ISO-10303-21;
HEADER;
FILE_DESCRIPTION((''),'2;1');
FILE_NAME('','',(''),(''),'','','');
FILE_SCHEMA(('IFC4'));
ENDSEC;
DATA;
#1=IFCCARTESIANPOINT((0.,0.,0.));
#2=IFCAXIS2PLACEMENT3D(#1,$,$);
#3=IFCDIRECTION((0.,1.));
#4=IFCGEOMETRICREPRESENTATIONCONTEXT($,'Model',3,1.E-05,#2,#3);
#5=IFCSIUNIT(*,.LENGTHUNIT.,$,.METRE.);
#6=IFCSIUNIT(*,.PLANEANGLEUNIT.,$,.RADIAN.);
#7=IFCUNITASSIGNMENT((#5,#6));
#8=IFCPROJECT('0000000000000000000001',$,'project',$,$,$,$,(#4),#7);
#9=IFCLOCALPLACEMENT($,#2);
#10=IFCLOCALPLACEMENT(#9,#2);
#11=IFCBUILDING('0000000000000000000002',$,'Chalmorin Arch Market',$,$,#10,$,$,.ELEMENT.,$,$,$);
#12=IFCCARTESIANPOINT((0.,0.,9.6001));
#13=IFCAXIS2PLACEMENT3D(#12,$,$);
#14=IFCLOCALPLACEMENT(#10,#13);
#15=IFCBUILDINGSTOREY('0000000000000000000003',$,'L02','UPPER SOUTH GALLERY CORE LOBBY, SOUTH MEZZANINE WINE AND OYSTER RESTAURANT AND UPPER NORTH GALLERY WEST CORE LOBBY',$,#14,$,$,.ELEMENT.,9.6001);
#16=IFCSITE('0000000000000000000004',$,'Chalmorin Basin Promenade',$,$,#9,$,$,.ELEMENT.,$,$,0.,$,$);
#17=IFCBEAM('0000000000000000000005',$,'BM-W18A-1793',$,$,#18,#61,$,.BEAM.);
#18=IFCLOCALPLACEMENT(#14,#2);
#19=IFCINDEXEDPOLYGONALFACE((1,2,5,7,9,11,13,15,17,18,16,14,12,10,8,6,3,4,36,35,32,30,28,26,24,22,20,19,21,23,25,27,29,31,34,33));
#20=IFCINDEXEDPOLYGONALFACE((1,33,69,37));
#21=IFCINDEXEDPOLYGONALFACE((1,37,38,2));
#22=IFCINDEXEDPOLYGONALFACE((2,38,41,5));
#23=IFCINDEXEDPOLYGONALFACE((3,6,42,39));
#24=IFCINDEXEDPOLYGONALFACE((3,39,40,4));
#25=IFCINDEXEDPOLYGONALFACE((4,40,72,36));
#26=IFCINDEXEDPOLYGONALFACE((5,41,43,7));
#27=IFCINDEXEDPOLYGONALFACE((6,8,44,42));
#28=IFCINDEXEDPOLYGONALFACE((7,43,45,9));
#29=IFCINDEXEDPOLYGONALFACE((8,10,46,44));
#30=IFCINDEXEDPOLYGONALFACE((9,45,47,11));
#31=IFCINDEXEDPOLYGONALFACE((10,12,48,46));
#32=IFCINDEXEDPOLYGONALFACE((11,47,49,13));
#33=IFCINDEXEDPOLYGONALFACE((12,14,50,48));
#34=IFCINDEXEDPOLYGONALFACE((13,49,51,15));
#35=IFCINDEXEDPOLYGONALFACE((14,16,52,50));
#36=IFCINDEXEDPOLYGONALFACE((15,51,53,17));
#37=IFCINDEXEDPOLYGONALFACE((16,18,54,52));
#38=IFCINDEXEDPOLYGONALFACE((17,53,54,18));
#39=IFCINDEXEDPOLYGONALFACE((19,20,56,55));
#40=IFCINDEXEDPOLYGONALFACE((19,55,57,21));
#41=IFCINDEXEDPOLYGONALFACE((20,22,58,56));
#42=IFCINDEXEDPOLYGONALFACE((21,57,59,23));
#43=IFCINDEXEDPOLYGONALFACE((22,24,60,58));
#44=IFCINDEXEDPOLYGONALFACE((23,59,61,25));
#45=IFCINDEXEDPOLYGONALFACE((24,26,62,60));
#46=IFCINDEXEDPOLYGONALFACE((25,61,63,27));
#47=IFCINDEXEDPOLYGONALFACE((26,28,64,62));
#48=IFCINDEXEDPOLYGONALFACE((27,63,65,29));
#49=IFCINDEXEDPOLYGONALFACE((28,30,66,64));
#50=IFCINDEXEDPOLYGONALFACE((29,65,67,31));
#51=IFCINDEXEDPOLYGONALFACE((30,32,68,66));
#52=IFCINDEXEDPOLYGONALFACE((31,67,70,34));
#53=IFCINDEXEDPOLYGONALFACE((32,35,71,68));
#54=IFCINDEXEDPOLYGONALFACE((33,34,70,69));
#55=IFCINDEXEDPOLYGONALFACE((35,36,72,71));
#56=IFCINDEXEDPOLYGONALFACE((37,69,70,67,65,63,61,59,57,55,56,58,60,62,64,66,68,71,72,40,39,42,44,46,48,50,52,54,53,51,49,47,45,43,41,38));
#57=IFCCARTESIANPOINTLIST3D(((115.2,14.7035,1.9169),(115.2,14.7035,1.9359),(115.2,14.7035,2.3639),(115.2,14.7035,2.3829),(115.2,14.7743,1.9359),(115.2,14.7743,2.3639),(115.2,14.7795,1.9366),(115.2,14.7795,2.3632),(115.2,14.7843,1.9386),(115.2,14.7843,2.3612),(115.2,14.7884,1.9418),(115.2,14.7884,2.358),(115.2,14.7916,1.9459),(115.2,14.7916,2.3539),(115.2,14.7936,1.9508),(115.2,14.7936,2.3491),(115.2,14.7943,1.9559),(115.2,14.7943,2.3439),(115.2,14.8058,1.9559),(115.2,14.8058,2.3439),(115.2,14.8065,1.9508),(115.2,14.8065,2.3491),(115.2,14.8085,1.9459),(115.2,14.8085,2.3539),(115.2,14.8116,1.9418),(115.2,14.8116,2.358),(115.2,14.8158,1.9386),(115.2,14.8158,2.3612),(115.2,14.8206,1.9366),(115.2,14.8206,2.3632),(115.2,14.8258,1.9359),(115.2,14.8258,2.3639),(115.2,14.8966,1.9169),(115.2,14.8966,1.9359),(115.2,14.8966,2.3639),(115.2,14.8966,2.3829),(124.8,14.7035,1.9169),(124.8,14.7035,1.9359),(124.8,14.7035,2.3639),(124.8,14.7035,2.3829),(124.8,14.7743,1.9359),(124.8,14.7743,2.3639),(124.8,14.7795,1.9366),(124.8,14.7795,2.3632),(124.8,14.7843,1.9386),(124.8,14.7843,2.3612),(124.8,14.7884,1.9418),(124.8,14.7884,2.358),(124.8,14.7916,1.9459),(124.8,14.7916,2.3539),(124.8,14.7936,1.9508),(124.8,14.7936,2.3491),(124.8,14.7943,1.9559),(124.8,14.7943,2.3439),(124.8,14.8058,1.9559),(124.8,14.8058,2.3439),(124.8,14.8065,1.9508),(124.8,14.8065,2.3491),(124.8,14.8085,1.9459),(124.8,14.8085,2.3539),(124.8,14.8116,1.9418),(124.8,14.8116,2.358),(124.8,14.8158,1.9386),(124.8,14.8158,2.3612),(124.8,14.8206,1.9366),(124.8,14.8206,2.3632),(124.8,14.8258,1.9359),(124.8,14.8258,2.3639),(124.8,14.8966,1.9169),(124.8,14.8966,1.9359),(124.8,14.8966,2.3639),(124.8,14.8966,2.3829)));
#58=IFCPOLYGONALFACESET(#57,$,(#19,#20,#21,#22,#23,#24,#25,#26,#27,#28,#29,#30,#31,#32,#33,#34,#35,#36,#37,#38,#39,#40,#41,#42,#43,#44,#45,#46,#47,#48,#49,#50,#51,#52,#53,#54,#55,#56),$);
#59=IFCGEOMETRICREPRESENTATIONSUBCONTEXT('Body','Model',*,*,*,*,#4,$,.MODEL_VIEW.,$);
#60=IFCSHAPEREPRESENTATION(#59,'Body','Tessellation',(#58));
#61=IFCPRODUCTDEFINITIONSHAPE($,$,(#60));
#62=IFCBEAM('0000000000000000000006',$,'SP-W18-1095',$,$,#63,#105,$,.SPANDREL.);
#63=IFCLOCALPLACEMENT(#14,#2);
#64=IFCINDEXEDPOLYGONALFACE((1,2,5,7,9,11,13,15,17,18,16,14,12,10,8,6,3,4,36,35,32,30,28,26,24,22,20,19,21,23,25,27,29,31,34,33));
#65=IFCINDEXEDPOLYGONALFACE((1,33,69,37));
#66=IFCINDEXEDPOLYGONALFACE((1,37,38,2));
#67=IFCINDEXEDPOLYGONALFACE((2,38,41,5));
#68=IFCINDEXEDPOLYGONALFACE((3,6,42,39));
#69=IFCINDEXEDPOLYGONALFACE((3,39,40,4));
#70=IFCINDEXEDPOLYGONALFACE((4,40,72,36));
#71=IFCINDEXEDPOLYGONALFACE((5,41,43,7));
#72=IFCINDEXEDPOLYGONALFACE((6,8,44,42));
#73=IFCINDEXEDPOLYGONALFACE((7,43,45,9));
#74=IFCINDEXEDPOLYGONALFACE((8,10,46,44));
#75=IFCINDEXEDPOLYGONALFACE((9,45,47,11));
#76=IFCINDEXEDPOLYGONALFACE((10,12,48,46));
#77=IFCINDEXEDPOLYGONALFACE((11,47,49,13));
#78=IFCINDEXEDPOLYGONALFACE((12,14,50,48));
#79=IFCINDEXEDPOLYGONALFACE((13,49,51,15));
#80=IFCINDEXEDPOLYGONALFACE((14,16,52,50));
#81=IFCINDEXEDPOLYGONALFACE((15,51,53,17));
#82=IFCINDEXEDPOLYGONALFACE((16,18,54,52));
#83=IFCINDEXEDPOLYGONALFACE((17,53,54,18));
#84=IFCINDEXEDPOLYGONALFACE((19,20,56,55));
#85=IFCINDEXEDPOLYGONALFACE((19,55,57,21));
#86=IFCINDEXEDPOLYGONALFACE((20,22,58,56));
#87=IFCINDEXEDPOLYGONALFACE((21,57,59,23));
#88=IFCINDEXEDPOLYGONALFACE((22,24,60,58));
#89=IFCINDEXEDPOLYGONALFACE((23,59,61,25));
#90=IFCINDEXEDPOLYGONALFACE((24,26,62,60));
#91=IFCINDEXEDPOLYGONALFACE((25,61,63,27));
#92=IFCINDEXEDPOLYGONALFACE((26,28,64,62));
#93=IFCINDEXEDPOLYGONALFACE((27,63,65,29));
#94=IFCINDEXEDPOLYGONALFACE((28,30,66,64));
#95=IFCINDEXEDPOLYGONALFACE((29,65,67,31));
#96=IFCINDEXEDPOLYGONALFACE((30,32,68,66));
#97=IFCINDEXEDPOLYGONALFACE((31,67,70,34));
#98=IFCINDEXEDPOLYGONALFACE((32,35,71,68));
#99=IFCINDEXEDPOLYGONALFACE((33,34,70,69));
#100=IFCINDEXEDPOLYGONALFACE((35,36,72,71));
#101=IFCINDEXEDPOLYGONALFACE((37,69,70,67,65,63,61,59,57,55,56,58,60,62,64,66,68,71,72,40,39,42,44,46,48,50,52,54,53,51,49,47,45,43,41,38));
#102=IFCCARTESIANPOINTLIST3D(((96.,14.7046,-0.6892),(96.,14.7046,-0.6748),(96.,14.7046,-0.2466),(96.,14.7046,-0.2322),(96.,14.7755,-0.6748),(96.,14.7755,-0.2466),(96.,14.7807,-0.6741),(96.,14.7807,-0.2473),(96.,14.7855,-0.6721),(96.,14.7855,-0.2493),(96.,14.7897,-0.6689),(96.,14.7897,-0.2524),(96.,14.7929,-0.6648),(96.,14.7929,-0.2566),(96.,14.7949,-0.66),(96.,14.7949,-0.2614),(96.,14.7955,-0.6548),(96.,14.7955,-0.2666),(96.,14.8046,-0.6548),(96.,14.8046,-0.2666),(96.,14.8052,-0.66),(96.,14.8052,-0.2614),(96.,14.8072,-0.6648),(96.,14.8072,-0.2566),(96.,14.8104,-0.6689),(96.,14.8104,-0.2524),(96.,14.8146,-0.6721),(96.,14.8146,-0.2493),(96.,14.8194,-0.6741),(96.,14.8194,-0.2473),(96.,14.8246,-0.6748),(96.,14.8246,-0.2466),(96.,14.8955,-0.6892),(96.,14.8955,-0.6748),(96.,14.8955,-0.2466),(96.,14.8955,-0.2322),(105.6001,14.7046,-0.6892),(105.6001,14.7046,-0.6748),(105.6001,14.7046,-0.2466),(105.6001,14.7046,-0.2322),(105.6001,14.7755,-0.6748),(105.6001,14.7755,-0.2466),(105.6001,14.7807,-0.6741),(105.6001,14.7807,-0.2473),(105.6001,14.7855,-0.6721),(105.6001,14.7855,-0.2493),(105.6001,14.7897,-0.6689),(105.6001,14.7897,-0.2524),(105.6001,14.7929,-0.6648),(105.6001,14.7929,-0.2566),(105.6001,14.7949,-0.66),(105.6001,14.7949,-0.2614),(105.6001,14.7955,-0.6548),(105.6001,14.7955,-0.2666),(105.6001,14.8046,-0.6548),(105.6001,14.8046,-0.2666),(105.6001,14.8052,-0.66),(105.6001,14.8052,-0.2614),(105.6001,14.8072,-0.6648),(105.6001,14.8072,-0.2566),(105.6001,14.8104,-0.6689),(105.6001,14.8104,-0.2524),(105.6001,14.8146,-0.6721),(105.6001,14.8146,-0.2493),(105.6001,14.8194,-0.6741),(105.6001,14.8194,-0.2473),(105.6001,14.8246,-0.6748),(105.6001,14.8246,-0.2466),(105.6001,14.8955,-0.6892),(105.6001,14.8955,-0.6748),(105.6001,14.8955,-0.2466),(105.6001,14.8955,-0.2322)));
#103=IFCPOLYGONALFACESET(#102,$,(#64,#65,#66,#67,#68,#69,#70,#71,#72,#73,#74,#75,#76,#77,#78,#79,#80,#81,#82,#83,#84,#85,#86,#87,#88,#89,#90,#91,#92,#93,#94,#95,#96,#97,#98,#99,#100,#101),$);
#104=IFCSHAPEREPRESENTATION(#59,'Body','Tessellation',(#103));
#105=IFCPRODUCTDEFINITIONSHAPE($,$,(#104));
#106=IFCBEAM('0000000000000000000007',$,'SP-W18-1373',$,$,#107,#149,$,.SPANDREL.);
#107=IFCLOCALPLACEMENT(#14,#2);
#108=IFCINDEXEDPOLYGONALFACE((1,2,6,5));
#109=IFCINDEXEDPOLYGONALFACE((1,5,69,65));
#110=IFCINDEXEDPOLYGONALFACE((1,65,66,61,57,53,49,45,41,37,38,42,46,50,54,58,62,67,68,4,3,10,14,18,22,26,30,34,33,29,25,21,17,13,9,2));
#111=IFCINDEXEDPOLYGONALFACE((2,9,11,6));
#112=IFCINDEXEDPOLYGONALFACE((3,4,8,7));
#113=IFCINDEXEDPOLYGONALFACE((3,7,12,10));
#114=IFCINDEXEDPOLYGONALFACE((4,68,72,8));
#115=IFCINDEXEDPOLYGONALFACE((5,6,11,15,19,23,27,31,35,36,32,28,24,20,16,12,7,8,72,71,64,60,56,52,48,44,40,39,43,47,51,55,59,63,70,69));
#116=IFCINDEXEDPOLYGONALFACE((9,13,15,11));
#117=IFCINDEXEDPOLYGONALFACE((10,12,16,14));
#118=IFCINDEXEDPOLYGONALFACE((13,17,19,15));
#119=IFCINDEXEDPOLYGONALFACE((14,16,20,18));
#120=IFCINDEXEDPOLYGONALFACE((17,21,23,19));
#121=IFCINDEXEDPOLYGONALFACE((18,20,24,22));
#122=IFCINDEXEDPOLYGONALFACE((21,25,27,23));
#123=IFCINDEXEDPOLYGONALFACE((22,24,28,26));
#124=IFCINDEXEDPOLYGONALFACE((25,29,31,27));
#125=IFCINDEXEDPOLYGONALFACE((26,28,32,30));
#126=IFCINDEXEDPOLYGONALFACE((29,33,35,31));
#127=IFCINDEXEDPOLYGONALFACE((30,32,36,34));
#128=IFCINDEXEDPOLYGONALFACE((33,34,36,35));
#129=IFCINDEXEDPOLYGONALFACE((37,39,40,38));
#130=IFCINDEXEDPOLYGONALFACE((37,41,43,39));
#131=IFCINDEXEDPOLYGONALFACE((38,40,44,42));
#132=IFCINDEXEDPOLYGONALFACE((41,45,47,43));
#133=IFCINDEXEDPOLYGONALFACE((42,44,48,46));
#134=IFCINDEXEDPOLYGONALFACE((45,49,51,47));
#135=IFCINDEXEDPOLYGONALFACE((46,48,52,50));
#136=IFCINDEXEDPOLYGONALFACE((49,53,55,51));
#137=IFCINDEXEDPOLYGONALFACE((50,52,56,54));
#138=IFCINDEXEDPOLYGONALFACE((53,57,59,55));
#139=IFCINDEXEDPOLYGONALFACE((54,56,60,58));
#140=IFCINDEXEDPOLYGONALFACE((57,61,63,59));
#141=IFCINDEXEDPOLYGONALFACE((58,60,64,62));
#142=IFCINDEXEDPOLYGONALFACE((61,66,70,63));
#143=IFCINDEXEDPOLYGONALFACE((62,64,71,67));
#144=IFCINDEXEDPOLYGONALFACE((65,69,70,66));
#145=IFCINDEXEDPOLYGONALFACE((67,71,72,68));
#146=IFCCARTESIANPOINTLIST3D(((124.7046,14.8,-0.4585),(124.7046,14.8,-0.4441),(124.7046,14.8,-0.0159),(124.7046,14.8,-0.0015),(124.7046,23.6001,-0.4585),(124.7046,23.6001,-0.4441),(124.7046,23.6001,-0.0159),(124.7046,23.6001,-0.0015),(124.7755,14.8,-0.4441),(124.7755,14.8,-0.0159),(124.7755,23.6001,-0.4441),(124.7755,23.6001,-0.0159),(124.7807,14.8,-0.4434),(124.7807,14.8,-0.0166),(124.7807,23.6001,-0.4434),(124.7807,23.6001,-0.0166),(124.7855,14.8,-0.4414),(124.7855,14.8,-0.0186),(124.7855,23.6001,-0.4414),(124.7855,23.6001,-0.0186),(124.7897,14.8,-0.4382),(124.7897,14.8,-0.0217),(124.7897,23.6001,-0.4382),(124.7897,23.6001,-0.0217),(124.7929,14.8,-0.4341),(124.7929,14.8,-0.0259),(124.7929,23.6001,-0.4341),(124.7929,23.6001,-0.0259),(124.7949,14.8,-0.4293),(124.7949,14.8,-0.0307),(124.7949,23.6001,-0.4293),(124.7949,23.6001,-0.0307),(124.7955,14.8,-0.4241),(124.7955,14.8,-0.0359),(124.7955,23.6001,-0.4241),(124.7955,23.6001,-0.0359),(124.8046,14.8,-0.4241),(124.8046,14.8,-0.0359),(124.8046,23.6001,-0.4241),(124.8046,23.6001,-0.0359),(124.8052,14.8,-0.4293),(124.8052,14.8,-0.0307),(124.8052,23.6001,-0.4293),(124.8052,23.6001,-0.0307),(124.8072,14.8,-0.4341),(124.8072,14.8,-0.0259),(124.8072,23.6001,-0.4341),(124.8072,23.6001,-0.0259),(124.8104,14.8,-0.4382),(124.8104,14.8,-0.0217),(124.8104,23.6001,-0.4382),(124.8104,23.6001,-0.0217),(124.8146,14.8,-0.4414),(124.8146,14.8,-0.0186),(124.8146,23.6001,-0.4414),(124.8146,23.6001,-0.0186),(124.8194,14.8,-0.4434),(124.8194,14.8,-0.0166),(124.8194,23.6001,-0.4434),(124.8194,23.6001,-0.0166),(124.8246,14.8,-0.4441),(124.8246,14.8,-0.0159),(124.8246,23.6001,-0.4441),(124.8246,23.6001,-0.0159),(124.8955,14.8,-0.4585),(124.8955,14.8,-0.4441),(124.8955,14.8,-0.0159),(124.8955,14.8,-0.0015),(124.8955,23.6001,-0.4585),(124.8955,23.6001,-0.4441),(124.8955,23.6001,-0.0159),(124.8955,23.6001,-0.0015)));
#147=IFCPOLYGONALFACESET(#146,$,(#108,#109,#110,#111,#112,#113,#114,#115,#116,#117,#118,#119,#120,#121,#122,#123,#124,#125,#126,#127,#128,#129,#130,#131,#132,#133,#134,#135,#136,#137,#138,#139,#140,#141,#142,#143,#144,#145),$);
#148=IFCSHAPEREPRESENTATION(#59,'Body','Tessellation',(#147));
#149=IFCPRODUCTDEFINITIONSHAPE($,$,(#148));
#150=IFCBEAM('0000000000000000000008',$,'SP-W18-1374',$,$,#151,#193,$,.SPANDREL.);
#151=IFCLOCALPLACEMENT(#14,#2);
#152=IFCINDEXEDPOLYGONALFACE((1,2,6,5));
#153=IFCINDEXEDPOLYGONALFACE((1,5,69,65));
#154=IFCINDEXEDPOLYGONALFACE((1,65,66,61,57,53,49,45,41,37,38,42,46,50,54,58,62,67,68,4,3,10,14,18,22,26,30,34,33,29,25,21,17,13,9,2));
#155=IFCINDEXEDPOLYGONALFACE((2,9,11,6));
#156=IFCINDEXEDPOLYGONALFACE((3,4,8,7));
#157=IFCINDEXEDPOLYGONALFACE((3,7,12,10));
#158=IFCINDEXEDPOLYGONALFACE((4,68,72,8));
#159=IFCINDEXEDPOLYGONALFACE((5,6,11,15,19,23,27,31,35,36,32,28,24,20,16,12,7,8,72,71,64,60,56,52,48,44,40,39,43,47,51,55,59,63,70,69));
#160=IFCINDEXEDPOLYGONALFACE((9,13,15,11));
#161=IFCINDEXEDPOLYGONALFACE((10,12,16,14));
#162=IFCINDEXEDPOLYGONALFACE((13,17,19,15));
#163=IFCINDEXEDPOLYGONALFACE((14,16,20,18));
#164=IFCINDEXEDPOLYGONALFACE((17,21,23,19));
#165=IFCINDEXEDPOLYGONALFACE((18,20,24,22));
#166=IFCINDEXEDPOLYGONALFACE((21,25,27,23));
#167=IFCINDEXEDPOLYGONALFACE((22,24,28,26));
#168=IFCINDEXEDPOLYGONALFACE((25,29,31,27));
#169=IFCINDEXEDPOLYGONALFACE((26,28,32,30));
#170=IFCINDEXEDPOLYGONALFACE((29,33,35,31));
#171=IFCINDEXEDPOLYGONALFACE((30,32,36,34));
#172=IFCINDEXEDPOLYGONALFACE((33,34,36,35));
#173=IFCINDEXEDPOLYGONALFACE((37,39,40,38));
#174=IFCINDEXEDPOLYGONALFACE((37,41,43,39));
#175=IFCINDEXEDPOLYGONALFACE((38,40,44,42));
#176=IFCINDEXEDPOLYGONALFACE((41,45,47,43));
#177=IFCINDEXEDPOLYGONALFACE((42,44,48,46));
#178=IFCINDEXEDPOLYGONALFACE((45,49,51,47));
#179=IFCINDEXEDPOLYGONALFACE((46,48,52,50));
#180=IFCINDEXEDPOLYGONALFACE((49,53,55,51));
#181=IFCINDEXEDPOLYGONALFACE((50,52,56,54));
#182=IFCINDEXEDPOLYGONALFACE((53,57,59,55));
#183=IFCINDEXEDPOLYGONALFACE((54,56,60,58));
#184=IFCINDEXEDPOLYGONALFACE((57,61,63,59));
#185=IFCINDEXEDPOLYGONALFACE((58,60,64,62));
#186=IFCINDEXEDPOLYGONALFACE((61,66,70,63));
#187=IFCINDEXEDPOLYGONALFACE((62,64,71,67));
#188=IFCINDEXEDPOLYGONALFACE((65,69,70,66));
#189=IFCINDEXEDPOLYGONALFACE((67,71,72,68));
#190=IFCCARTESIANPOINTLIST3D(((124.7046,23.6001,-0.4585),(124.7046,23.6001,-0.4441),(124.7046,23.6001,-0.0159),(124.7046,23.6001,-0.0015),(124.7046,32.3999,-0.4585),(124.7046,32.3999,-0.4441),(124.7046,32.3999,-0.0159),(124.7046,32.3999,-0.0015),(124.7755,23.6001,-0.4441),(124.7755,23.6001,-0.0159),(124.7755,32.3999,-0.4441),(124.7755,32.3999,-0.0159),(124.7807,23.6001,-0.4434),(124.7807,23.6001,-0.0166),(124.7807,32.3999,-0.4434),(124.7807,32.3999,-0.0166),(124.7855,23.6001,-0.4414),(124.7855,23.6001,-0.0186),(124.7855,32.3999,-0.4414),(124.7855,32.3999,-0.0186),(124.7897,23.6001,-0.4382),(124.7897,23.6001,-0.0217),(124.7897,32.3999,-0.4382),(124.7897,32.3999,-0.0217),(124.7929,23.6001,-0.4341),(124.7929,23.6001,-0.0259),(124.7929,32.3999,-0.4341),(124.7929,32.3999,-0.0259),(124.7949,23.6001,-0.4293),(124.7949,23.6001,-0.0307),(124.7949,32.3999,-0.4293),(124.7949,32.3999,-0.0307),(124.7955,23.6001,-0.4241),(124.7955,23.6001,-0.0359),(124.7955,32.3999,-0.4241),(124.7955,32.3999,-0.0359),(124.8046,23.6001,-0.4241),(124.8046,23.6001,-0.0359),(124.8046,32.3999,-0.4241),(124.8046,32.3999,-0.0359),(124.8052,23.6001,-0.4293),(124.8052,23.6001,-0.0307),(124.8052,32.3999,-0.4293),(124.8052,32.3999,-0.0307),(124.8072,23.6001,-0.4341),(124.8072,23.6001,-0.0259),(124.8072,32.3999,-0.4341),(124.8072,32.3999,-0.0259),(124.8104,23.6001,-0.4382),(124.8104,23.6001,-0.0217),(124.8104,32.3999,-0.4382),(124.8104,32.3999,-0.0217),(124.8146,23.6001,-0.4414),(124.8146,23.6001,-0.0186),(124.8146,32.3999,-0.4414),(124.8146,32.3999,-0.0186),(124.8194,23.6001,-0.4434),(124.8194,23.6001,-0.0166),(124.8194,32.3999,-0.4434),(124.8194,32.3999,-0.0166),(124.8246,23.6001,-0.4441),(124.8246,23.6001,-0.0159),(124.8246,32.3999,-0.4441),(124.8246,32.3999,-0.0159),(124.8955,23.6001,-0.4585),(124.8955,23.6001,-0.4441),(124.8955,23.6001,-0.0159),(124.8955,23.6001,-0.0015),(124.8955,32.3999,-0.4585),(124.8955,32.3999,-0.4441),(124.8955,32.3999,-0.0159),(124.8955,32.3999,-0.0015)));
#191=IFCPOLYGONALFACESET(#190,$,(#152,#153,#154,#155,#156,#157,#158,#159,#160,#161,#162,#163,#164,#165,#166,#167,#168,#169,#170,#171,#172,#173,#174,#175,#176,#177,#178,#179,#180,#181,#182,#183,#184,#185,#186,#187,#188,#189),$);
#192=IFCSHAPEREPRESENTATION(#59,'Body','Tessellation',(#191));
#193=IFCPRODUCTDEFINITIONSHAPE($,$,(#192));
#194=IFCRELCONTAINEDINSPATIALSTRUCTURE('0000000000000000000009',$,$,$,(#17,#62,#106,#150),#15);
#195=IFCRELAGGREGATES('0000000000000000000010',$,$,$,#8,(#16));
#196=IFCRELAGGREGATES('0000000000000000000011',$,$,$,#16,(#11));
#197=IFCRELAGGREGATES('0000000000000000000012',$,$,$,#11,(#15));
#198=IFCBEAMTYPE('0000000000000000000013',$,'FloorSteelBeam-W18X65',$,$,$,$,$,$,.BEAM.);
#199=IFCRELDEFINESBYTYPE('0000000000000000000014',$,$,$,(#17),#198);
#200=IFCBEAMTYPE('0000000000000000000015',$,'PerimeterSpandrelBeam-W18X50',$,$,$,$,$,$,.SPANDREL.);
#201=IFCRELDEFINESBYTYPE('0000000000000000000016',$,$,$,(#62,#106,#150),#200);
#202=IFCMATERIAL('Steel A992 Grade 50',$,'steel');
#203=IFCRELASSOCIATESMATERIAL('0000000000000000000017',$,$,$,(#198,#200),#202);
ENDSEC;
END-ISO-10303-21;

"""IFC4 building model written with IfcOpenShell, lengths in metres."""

from ifc_helpers import new_model, si_unit, direction, frame, origin, origin_2d, place, context, subcontext, project, spatial, i_section, extrude, material, material_profile, profile_set, type_object, element, save


model = new_model("IFC4")

# Units and contexts
model_context = context("Model", 3, precision=1e-05, world=origin(), true_north=direction((0.0, 1.0)))
body_context = subcontext(model_context, "Body", "Model", "MODEL_VIEW")
ifc_project = project(units=[si_unit("LENGTHUNIT", "METRE"), si_unit("PLANEANGLEUNIT", "RADIAN")], contexts=[model_context])

# Site, building, storey
site_placement = place(None, origin())
site = spatial("IfcSite", under=ifc_project, at=site_placement, Name="Chalmorin Basin Promenade", CompositionType="ELEMENT", RefElevation=0.0)
building_placement = place(site_placement, origin())
building = spatial("IfcBuilding", under=site, at=building_placement, Name="Chalmorin Arch Market", CompositionType="ELEMENT")
storey_placement = place(building_placement, frame((0.0, 0.0, 9.6001)))
storey = spatial("IfcBuildingStorey", under=building, at=storey_placement, Name="L02", Description="UPPER SOUTH GALLERY CORE LOBBY, SOUTH MEZZANINE WINE AND OYSTER RESTAURANT AND UPPER NORTH GALLERY WEST CORE LOBBY", CompositionType="ELEMENT", Elevation=9.6001)

# Beams
ifc_material_1 = material(Name="Steel A992 Grade 50", Category="steel")
ifc_material_profile_1 = material_profile(ifc_material_1, i_section(OverallWidth=0.1931, OverallDepth=0.4661, WebThickness=0.0115, FlangeThickness=0.019, FilletRadius=0.02, at=origin_2d()), Name="W18X65")
ifc_profile_set_1 = profile_set([ifc_material_profile_1], Name="Steel A992 Grade 50")
beam_type_1 = type_object("IfcBeamType", Name="FloorSteelBeam-W18X65", PredefinedType="BEAM", material=ifc_profile_set_1)
beam_1_placement = place(storey_placement, frame((115.2, 14.8, 2.1499), z_axis=(1.0, 0.0, 0.0), x_axis=(0.0, 1.0, 0.0)))
element("IfcBeam", 1, at=beam_1_placement, inside=storey, type_object=beam_type_1, Name="BM-W18A-1793", PredefinedType="BEAM", context=body_context, shape_type="SweptSolid", body=[
    extrude(i_section(OverallWidth=0.1931, OverallDepth=0.4661, WebThickness=0.0115, FlangeThickness=0.019, FilletRadius=0.02, at=origin_2d()), origin(), (0.0, 0.0, 1.0), 9.6001),
])
ifc_material_profile_2 = material_profile(ifc_material_1, i_section(OverallWidth=0.1909, OverallDepth=0.457, WebThickness=0.009, FlangeThickness=0.0144, FilletRadius=0.02, at=origin_2d()), Name="W18X50")
ifc_profile_set_2 = profile_set([ifc_material_profile_2], Name="Steel A992 Grade 50")
beam_type_2 = type_object("IfcBeamType", Name="PerimeterSpandrelBeam-W18X50", PredefinedType="SPANDREL", material=ifc_profile_set_2)
beam_2_placement = place(storey_placement, frame((96.0, 14.8, -0.4607), z_axis=(1.0, 0.0, 0.0), x_axis=(0.0, 1.0, 0.0)))
element("IfcBeam", 2, at=beam_2_placement, inside=storey, type_object=beam_type_2, Name="SP-W18-1095", PredefinedType="SPANDREL", context=body_context, shape_type="SweptSolid", body=[
    extrude(i_section(OverallWidth=0.1909, OverallDepth=0.457, WebThickness=0.009, FlangeThickness=0.0144, FilletRadius=0.02, at=origin_2d()), origin(), (0.0, 0.0, 1.0), 9.6001),
])
beam_3_placement = place(storey_placement, frame((124.8, 14.8, -0.23), z_axis=(0.0, 1.0, 0.0), x_axis=(-1.0, 0.0, 0.0)))
element("IfcBeam", 3, at=beam_3_placement, inside=storey, type_object=beam_type_2, Name="SP-W18-1373", PredefinedType="SPANDREL", context=body_context, shape_type="SweptSolid", body=[
    extrude(i_section(OverallWidth=0.1909, OverallDepth=0.457, WebThickness=0.009, FlangeThickness=0.0144, FilletRadius=0.02, at=origin_2d()), origin(), (0.0, 0.0, 1.0), 8.8),
])
beam_4_placement = place(storey_placement, frame((124.8, 23.6001, -0.23), z_axis=(0.0, 1.0, 0.0), x_axis=(-1.0, 0.0, 0.0)))
element("IfcBeam", 4, at=beam_4_placement, inside=storey, type_object=beam_type_2, Name="SP-W18-1374", PredefinedType="SPANDREL", context=body_context, shape_type="SweptSolid", body=[
    extrude(i_section(OverallWidth=0.1909, OverallDepth=0.457, WebThickness=0.009, FlangeThickness=0.0144, FilletRadius=0.02, at=origin_2d()), origin(), (0.0, 0.0, 1.0), 8.7998),
])

save(model, "model.ifc")
